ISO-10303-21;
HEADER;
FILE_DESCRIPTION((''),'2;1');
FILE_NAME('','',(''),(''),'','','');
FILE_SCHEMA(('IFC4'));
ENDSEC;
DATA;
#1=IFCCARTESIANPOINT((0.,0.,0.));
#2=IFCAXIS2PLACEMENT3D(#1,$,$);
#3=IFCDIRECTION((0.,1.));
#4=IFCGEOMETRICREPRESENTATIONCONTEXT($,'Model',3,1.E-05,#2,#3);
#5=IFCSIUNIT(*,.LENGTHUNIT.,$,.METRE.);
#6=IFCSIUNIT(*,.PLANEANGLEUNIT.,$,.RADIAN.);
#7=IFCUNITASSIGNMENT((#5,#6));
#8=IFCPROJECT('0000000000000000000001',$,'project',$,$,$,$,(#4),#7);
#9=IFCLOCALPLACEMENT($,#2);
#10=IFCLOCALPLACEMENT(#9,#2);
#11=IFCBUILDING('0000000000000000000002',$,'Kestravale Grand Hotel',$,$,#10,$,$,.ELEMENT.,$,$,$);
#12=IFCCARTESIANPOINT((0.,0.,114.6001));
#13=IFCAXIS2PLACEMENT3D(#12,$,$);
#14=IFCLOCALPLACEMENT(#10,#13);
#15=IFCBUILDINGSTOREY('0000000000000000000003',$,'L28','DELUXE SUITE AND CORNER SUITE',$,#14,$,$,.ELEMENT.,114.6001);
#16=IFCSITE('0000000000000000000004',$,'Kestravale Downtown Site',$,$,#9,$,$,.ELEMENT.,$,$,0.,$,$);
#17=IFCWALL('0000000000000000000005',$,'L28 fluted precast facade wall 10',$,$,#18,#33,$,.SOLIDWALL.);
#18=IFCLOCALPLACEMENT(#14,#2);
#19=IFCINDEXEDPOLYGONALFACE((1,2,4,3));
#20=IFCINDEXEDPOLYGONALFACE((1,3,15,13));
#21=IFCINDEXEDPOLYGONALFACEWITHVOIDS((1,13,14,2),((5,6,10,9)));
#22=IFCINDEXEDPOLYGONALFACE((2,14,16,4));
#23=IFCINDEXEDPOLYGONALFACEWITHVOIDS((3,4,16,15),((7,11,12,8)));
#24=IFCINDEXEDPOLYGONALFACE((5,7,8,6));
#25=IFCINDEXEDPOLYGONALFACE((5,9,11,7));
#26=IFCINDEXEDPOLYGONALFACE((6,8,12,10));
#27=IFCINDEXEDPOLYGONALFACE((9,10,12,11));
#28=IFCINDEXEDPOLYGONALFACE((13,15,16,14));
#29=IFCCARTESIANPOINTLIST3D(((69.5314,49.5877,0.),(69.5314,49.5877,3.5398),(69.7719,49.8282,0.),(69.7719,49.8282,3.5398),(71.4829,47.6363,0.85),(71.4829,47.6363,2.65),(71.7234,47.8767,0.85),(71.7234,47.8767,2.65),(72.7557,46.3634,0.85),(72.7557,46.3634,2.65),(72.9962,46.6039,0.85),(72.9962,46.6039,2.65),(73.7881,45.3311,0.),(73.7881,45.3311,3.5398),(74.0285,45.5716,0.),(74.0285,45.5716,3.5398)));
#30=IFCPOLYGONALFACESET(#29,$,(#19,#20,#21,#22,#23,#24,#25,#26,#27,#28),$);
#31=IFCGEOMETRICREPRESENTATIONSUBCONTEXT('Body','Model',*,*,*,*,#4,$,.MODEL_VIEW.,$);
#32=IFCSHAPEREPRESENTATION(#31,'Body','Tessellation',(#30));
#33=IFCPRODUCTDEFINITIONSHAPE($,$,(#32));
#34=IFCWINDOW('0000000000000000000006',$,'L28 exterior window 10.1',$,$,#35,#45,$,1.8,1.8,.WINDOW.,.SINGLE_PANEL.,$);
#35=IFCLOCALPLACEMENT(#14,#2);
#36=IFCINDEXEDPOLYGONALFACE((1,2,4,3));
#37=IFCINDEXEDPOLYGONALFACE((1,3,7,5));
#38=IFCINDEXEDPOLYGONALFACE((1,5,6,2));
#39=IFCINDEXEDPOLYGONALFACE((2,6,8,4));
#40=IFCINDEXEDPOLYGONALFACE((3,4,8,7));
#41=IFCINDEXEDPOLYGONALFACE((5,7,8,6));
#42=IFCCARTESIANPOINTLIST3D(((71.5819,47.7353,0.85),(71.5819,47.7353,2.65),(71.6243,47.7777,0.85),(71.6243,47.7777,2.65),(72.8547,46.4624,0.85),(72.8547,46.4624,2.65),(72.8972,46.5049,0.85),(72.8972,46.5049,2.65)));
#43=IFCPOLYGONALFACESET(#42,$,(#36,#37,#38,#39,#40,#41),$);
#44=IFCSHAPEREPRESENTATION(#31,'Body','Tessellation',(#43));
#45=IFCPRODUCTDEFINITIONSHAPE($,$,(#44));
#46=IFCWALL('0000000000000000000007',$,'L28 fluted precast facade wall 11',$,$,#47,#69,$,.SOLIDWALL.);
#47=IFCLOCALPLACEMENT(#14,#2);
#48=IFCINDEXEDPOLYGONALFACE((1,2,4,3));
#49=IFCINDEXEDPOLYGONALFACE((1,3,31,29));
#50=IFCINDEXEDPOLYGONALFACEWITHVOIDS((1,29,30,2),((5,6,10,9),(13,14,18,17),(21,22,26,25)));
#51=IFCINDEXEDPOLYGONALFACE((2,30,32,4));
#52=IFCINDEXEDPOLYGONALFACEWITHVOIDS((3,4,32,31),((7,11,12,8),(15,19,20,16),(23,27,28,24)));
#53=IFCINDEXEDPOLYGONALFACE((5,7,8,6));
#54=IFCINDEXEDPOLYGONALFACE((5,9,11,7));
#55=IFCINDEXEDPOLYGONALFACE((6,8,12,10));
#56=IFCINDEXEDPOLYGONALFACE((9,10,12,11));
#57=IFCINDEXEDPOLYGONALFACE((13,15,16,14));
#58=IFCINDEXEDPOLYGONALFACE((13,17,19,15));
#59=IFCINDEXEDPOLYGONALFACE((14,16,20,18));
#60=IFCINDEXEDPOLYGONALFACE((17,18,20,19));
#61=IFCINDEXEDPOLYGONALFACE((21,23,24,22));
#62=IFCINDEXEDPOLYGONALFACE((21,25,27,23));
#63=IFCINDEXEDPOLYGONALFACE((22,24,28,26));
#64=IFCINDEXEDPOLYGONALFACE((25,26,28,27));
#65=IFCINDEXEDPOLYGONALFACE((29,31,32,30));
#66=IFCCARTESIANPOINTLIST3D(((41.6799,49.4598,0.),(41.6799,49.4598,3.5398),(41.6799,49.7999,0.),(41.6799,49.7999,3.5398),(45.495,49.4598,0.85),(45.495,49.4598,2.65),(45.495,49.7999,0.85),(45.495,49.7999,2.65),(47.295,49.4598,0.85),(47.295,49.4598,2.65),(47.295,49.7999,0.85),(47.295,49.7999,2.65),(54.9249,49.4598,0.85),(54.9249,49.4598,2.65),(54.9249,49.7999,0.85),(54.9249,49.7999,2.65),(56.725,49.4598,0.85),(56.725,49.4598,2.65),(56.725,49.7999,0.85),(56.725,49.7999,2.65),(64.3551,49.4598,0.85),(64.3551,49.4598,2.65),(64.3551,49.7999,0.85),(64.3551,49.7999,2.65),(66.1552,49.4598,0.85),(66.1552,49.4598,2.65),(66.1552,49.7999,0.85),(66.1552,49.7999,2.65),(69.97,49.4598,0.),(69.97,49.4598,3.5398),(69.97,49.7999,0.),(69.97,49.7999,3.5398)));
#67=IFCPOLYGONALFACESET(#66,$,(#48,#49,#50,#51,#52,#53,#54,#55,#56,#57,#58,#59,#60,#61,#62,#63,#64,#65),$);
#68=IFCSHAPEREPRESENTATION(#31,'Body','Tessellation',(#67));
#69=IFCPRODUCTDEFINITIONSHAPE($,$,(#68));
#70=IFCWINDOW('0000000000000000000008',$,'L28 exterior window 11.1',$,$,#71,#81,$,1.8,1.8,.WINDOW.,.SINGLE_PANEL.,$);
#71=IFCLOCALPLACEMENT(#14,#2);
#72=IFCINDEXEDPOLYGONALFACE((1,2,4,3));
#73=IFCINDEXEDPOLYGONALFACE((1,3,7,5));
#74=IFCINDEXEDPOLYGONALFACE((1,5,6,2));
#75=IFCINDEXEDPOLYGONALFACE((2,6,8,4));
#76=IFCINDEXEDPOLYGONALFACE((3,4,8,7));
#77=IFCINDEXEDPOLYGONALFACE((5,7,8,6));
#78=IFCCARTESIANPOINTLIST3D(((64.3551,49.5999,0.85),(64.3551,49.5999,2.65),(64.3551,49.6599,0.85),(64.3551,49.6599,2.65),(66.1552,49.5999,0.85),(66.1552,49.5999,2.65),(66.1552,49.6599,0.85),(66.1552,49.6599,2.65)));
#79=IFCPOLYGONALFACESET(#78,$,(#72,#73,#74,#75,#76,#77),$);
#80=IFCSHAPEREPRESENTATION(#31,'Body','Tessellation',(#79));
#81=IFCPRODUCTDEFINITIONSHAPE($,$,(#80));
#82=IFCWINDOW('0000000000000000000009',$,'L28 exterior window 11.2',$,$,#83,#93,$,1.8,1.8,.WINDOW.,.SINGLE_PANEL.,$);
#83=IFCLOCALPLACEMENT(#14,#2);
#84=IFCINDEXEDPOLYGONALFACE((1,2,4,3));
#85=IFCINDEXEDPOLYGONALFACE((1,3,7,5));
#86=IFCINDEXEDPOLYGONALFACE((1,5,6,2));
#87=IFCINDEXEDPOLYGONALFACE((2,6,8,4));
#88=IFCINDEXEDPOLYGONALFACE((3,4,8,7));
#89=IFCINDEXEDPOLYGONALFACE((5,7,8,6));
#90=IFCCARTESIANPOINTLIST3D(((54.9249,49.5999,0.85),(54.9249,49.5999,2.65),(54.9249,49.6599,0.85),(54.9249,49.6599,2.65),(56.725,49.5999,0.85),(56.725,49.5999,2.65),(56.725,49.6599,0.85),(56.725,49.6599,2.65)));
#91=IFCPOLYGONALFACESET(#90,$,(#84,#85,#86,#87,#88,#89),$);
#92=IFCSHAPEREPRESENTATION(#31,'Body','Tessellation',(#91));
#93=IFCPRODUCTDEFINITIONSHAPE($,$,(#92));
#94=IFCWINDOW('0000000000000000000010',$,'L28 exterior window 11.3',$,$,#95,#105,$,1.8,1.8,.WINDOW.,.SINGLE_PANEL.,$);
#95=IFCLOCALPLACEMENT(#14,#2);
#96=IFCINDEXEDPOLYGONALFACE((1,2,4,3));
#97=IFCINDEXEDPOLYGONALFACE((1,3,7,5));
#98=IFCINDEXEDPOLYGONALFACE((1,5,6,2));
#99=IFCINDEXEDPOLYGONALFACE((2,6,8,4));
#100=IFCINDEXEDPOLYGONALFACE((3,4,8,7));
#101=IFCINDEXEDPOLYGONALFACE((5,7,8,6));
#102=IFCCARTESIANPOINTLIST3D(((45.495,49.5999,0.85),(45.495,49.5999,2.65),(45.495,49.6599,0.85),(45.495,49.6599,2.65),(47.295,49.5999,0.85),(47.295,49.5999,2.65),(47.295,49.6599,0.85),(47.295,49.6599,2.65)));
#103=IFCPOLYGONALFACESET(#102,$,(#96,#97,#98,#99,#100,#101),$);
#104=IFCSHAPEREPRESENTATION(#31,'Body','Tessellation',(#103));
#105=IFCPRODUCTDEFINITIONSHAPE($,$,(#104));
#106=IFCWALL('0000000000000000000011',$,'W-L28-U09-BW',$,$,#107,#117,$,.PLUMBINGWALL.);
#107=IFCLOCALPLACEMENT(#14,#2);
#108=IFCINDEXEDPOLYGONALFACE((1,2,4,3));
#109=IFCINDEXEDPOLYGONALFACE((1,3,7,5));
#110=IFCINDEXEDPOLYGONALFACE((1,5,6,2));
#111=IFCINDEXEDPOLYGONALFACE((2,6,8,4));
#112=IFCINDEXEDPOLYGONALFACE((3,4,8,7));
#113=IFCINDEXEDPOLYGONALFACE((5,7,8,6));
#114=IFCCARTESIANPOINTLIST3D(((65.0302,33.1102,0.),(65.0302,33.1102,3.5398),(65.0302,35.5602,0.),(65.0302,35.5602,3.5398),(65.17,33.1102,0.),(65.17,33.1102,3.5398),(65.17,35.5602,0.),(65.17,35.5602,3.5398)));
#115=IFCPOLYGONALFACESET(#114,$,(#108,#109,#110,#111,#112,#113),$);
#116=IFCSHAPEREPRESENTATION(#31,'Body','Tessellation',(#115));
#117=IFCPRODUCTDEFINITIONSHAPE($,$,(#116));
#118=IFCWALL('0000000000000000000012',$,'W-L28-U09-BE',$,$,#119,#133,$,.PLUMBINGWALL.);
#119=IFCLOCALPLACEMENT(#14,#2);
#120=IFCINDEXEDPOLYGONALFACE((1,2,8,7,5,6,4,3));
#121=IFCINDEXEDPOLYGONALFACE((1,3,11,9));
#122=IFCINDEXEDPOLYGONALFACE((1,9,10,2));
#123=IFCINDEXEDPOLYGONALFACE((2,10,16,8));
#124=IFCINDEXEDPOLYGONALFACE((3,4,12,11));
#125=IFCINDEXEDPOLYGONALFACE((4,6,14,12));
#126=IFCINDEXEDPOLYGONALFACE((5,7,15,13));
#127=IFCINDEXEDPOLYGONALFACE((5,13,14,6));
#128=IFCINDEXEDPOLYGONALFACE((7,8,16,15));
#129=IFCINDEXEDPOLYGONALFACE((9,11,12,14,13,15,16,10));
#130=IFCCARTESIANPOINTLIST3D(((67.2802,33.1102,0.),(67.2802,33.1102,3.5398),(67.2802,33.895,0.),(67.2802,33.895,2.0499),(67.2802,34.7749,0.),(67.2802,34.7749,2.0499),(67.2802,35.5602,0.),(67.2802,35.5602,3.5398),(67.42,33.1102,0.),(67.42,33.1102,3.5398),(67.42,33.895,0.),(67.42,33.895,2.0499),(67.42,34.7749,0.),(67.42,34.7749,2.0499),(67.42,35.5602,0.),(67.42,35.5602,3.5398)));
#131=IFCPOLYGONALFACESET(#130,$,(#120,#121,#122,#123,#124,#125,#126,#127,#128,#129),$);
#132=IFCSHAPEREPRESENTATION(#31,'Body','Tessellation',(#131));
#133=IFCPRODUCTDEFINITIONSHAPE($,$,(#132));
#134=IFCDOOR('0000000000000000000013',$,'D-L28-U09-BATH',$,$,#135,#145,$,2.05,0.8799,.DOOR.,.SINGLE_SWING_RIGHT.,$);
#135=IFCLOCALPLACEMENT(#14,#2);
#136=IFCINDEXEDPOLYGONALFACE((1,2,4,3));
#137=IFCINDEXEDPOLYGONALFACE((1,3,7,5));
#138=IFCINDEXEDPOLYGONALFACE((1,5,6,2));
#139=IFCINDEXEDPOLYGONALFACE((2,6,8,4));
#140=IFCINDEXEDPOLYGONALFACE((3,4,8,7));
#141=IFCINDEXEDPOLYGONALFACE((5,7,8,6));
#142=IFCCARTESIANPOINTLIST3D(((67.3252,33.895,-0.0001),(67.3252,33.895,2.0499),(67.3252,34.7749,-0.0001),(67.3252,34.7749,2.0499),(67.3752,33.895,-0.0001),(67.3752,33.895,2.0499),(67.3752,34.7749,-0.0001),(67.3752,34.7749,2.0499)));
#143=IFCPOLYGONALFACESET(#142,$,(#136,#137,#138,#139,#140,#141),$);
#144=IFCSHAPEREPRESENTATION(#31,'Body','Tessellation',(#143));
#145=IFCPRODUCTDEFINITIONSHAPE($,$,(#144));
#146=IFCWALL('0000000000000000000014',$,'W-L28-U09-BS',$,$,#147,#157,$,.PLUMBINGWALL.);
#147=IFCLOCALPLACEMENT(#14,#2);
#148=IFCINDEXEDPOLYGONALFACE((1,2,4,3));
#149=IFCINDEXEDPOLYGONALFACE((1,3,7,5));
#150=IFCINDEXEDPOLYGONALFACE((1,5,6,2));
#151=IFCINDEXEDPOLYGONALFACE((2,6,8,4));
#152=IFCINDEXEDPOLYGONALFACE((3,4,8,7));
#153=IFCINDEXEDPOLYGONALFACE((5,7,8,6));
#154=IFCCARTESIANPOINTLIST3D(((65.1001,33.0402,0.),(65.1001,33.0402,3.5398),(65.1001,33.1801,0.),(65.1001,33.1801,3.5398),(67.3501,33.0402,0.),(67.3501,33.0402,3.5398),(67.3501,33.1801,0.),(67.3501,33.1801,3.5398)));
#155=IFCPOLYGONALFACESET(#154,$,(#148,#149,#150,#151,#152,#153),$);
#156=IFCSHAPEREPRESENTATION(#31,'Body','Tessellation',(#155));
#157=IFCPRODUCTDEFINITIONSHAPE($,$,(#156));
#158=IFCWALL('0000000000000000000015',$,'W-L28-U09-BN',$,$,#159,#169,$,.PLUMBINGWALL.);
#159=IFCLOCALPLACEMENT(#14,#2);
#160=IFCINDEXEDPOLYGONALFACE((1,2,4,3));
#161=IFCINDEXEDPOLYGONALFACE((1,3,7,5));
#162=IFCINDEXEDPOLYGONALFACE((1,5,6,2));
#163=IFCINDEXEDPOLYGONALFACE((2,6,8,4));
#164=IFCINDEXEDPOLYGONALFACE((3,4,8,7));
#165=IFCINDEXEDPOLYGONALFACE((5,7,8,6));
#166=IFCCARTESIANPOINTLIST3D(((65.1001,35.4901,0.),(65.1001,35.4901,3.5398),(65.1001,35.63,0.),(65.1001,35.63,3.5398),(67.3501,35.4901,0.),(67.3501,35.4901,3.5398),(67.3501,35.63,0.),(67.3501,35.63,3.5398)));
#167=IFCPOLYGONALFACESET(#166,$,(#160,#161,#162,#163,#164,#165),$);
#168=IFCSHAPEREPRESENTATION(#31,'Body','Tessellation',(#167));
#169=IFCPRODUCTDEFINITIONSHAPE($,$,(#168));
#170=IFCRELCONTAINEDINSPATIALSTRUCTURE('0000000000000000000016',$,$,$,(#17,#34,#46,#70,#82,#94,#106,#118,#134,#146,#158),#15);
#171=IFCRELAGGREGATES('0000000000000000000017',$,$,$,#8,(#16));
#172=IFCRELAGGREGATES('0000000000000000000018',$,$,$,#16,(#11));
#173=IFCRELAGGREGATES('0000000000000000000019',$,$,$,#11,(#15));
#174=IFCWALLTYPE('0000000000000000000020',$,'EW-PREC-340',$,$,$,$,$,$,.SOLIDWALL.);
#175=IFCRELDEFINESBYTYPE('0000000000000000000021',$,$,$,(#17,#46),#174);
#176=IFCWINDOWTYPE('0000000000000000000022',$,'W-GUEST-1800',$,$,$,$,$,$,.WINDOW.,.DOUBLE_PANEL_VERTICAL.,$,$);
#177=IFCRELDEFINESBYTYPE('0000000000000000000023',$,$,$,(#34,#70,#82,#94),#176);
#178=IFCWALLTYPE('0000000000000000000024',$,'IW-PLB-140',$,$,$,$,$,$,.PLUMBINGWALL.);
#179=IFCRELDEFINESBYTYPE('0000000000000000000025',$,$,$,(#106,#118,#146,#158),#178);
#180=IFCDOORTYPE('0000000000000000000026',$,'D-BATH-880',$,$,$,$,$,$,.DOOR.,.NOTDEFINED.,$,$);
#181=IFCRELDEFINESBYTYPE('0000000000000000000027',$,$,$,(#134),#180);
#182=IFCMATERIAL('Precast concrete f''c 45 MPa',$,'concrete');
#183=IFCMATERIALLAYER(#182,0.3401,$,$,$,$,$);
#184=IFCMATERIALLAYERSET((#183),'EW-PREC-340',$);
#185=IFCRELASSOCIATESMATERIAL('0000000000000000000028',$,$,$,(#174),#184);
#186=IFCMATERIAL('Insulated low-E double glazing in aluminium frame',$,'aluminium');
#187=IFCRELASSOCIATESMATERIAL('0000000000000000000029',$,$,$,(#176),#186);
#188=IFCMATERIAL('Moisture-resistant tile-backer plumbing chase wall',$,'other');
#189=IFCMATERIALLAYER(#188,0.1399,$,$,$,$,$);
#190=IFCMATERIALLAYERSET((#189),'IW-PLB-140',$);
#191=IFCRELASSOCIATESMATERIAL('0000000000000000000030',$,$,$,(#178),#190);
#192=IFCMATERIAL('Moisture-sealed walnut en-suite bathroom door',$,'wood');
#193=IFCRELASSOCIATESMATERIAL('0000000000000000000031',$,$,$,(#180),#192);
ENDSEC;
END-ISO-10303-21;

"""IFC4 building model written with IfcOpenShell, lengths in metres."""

from ifc_helpers import new_model, si_unit, direction, frame, frame_2d, origin, place, context, subcontext, project, spatial, rectangle, extrude, material, layer, layer_set, type_object, element, fill, save


model = new_model("IFC4")

# Units and contexts
model_context = context("Model", 3, precision=1e-05, world=origin(), true_north=direction((0.0, 1.0)))
body_context = subcontext(model_context, "Body", "Model", "MODEL_VIEW")
ifc_project = project(units=[si_unit("LENGTHUNIT", "METRE"), si_unit("PLANEANGLEUNIT", "RADIAN")], contexts=[model_context])

# Site, building, storey
site_placement = place(None, origin())
site = spatial("IfcSite", under=ifc_project, at=site_placement, Name="Kestravale Downtown Site", CompositionType="ELEMENT", RefElevation=0.0)
building_placement = place(site_placement, origin())
building = spatial("IfcBuilding", under=site, at=building_placement, Name="Kestravale Grand Hotel", CompositionType="ELEMENT")
storey_placement = place(building_placement, frame((0.0, 0.0, 114.6001)))
storey = spatial("IfcBuildingStorey", under=building, at=storey_placement, Name="L28", Description="DELUXE SUITE AND CORNER SUITE", CompositionType="ELEMENT", Elevation=114.6001)

# Wall, opening, window
ifc_material_1 = material(Name="Precast concrete f'c 45 MPa", Category="concrete")
ifc_layer_1 = layer(ifc_material_1, 0.3401)
ifc_layer_set_1 = layer_set([ifc_layer_1], Name="EW-PREC-340")
wall_type_1 = type_object("IfcWallType", Name="EW-PREC-340", PredefinedType="SOLIDWALL", material=ifc_layer_set_1)
wall_1_placement = place(storey_placement, frame((73.9082, 45.4514, 0.0), z_axis=(0.0, 0.0, 1.0), x_axis=(-0.707107, 0.707107, 0.0)))
wall_1 = element("IfcWall", 1, at=wall_1_placement, inside=storey, type_object=wall_type_1, Name="L28 fluted precast facade wall 10", PredefinedType="SOLIDWALL", context=body_context, shape_type="SweptSolid", body=[
    extrude(rectangle(XDim=6.0198, YDim=0.3401, at=frame_2d((3.0098, 0.0))), origin(), (0.0, 0.0, 1.0), 3.5398),
])
opening_1_placement = place(wall_1_placement, frame((1.46, 0.0, 0.8501)))
opening_1 = element("IfcOpeningElement", 2, at=opening_1_placement, cuts=wall_1, PredefinedType="OPENING", context=body_context, shape_type="SweptSolid", body=[
    extrude(rectangle(XDim=1.8, YDim=1.8, at=frame_2d((0.8999, 0.8999))), frame((0.0, 0.1799, 0.0), z_axis=(0.0, -1.0, 0.0), x_axis=(1.0, 0.0, 0.0)), (0.0, 0.0, 1.0), 0.3601),
])
ifc_material_2 = material(Name="Insulated low-E double glazing in aluminium frame", Category="aluminium")
window_type = type_object("IfcWindowType", Name="W-GUEST-1800", PartitioningType="DOUBLE_PANEL_VERTICAL", PredefinedType="WINDOW", material=ifc_material_2)
window_1_placement = place(opening_1_placement, origin())
window_1 = element("IfcWindow", 3, at=window_1_placement, inside=storey, type_object=window_type, Name="L28 exterior window 10.1", OverallHeight=1.8, OverallWidth=1.8, PartitioningType="SINGLE_PANEL", PredefinedType="WINDOW", context=body_context, shape_type="SweptSolid", body=[
    extrude(rectangle(XDim=1.8, YDim=1.8, at=frame_2d((0.8999, 0.8999))), frame((0.0, 0.03, 0.0), z_axis=(0.0, -1.0, 0.0), x_axis=(1.0, 0.0, 0.0)), (0.0, 0.0, 1.0), 0.0601),
])
fill(opening_1, window_1)

# Wall, openings, windows
wall_2_placement = place(storey_placement, frame((69.97, 49.6299, 0.0), z_axis=(0.0, 0.0, 1.0), x_axis=(-1.0, 0.0, 0.0)))
wall_2 = element("IfcWall", 4, at=wall_2_placement, inside=storey, type_object=wall_type_1, Name="L28 fluted precast facade wall 11", PredefinedType="SOLIDWALL", context=body_context, shape_type="SweptSolid", body=[
    extrude(rectangle(XDim=28.29, YDim=0.3401, at=frame_2d((14.145, 0.0))), origin(), (0.0, 0.0, 1.0), 3.5398),
])
opening_2_placement = place(wall_2_placement, frame((3.8149, 0.0, 0.8501)))
opening_2 = element("IfcOpeningElement", 5, at=opening_2_placement, cuts=wall_2, PredefinedType="OPENING", context=body_context, shape_type="SweptSolid", body=[
    extrude(rectangle(XDim=1.8, YDim=1.8, at=frame_2d((0.8999, 0.8999))), frame((0.0, 0.1799, 0.0), z_axis=(0.0, -1.0, 0.0), x_axis=(1.0, 0.0, 0.0)), (0.0, 0.0, 1.0), 0.3601),
])
opening_3_placement = place(wall_2_placement, frame((13.2451, 0.0, 0.8501)))
opening_3 = element("IfcOpeningElement", 6, at=opening_3_placement, cuts=wall_2, PredefinedType="OPENING", context=body_context, shape_type="SweptSolid", body=[
    extrude(rectangle(XDim=1.8, YDim=1.8, at=frame_2d((0.8999, 0.8999))), frame((0.0, 0.1799, 0.0), z_axis=(0.0, -1.0, 0.0), x_axis=(1.0, 0.0, 0.0)), (0.0, 0.0, 1.0), 0.3601),
])
opening_4_placement = place(wall_2_placement, frame((22.675, 0.0, 0.8501)))
opening_4 = element("IfcOpeningElement", 7, at=opening_4_placement, cuts=wall_2, PredefinedType="OPENING", context=body_context, shape_type="SweptSolid", body=[
    extrude(rectangle(XDim=1.8, YDim=1.8, at=frame_2d((0.8999, 0.8999))), frame((0.0, 0.1799, 0.0), z_axis=(0.0, -1.0, 0.0), x_axis=(1.0, 0.0, 0.0)), (0.0, 0.0, 1.0), 0.3601),
])
window_2_placement = place(opening_2_placement, origin())
window_2 = element("IfcWindow", 8, at=window_2_placement, inside=storey, type_object=window_type, Name="L28 exterior window 11.1", OverallHeight=1.8, OverallWidth=1.8, PartitioningType="SINGLE_PANEL", PredefinedType="WINDOW", context=body_context, shape_type="SweptSolid", body=[
    extrude(rectangle(XDim=1.8, YDim=1.8, at=frame_2d((0.8999, 0.8999))), frame((0.0, 0.03, 0.0), z_axis=(0.0, -1.0, 0.0), x_axis=(1.0, 0.0, 0.0)), (0.0, 0.0, 1.0), 0.0601),
])
fill(opening_2, window_2)
window_3_placement = place(opening_3_placement, origin())
window_3 = element("IfcWindow", 9, at=window_3_placement, inside=storey, type_object=window_type, Name="L28 exterior window 11.2", OverallHeight=1.8, OverallWidth=1.8, PartitioningType="SINGLE_PANEL", PredefinedType="WINDOW", context=body_context, shape_type="SweptSolid", body=[
    extrude(rectangle(XDim=1.8, YDim=1.8, at=frame_2d((0.8999, 0.8999))), frame((0.0, 0.03, 0.0), z_axis=(0.0, -1.0, 0.0), x_axis=(1.0, 0.0, 0.0)), (0.0, 0.0, 1.0), 0.0601),
])
fill(opening_3, window_3)
window_4_placement = place(opening_4_placement, origin())
window_4 = element("IfcWindow", 10, at=window_4_placement, inside=storey, type_object=window_type, Name="L28 exterior window 11.3", OverallHeight=1.8, OverallWidth=1.8, PartitioningType="SINGLE_PANEL", PredefinedType="WINDOW", context=body_context, shape_type="SweptSolid", body=[
    extrude(rectangle(XDim=1.8, YDim=1.8, at=frame_2d((0.8999, 0.8999))), frame((0.0, 0.03, 0.0), z_axis=(0.0, -1.0, 0.0), x_axis=(1.0, 0.0, 0.0)), (0.0, 0.0, 1.0), 0.0601),
])
fill(opening_4, window_4)

# Wall
ifc_material_3 = material(Name="Moisture-resistant tile-backer plumbing chase wall", Category="other")
ifc_layer_2 = layer(ifc_material_3, 0.1399)
ifc_layer_set_2 = layer_set([ifc_layer_2], Name="IW-PLB-140")
wall_type_2 = type_object("IfcWallType", Name="IW-PLB-140", PredefinedType="PLUMBINGWALL", material=ifc_layer_set_2)
wall_3_placement = place(storey_placement, frame((65.1001, 33.1101, 0.0), z_axis=(0.0, 0.0, 1.0), x_axis=(0.0, 1.0, 0.0)))
element("IfcWall", 11, at=wall_3_placement, inside=storey, type_object=wall_type_2, Name="W-L28-U09-BW", PredefinedType="PLUMBINGWALL", context=body_context, shape_type="SweptSolid", body=[
    extrude(rectangle(XDim=2.45, YDim=0.1399, at=frame_2d((1.2251, 0.0))), origin(), (0.0, 0.0, 1.0), 3.5398),
])

# Wall, opening, door
wall_4_placement = place(storey_placement, frame((67.3501, 33.1101, 0.0), z_axis=(0.0, 0.0, 1.0), x_axis=(0.0, 1.0, 0.0)))
wall_4 = element("IfcWall", 12, at=wall_4_placement, inside=storey, type_object=wall_type_2, Name="W-L28-U09-BE", PredefinedType="PLUMBINGWALL", context=body_context, shape_type="SweptSolid", body=[
    extrude(rectangle(XDim=2.45, YDim=0.1399, at=frame_2d((1.2251, 0.0))), origin(), (0.0, 0.0, 1.0), 3.5398),
])
opening_5_placement = place(wall_4_placement, frame((0.7849, 0.0, 0.0)))
opening_5 = element("IfcOpeningElement", 13, at=opening_5_placement, cuts=wall_4, PredefinedType="OPENING", context=body_context, shape_type="SweptSolid", body=[
    extrude(rectangle(XDim=0.8799, YDim=2.05, at=frame_2d((0.4399, 1.0249))), frame((0.0, 0.0798, 0.0), z_axis=(0.0, -1.0, 0.0), x_axis=(1.0, 0.0, 0.0)), (0.0, 0.0, 1.0), 0.1599),
])
ifc_material_4 = material(Name="Moisture-sealed walnut en-suite bathroom door", Category="wood")
door_type = type_object("IfcDoorType", Name="D-BATH-880", OperationType="NOTDEFINED", PredefinedType="DOOR", material=ifc_material_4)
door_placement = place(opening_5_placement, origin())
door = element("IfcDoor", 14, at=door_placement, inside=storey, type_object=door_type, Name="D-L28-U09-BATH", OperationType="SINGLE_SWING_RIGHT", OverallHeight=2.05, OverallWidth=0.8799, PredefinedType="DOOR", context=body_context, shape_type="SweptSolid", body=[
    extrude(rectangle(XDim=0.8799, YDim=2.05, at=frame_2d((0.4399, 1.0249))), frame((0.0, 0.0249, 0.0), z_axis=(0.0, -1.0, 0.0), x_axis=(1.0, 0.0, 0.0)), (0.0, 0.0, 1.0), 0.05),
])
fill(opening_5, door)

# Walls
for number, where, z_axis, x_axis, name in (
    (15, (65.1001, 33.1101, 0.0), (0.0, 0.0, 1.0), (1.0, 0.0, 0.0), "W-L28-U09-BS"),
    (16, (65.1001, 35.5601, 0.0), (0.0, 0.0, 1.0), (1.0, 0.0, 0.0), "W-L28-U09-BN"),
):
    element("IfcWall", number, at=place(storey_placement, frame(where, z_axis=z_axis, x_axis=x_axis)), inside=storey, type_object=wall_type_2, Name=name, PredefinedType="PLUMBINGWALL", context=body_context, shape_type="SweptSolid", body=[
        extrude(rectangle(XDim=2.25, YDim=0.1399, at=frame_2d((1.125, 0.0))), origin(), (0.0, 0.0, 1.0), 3.5398),
    ])

save(model, "model.ifc")
